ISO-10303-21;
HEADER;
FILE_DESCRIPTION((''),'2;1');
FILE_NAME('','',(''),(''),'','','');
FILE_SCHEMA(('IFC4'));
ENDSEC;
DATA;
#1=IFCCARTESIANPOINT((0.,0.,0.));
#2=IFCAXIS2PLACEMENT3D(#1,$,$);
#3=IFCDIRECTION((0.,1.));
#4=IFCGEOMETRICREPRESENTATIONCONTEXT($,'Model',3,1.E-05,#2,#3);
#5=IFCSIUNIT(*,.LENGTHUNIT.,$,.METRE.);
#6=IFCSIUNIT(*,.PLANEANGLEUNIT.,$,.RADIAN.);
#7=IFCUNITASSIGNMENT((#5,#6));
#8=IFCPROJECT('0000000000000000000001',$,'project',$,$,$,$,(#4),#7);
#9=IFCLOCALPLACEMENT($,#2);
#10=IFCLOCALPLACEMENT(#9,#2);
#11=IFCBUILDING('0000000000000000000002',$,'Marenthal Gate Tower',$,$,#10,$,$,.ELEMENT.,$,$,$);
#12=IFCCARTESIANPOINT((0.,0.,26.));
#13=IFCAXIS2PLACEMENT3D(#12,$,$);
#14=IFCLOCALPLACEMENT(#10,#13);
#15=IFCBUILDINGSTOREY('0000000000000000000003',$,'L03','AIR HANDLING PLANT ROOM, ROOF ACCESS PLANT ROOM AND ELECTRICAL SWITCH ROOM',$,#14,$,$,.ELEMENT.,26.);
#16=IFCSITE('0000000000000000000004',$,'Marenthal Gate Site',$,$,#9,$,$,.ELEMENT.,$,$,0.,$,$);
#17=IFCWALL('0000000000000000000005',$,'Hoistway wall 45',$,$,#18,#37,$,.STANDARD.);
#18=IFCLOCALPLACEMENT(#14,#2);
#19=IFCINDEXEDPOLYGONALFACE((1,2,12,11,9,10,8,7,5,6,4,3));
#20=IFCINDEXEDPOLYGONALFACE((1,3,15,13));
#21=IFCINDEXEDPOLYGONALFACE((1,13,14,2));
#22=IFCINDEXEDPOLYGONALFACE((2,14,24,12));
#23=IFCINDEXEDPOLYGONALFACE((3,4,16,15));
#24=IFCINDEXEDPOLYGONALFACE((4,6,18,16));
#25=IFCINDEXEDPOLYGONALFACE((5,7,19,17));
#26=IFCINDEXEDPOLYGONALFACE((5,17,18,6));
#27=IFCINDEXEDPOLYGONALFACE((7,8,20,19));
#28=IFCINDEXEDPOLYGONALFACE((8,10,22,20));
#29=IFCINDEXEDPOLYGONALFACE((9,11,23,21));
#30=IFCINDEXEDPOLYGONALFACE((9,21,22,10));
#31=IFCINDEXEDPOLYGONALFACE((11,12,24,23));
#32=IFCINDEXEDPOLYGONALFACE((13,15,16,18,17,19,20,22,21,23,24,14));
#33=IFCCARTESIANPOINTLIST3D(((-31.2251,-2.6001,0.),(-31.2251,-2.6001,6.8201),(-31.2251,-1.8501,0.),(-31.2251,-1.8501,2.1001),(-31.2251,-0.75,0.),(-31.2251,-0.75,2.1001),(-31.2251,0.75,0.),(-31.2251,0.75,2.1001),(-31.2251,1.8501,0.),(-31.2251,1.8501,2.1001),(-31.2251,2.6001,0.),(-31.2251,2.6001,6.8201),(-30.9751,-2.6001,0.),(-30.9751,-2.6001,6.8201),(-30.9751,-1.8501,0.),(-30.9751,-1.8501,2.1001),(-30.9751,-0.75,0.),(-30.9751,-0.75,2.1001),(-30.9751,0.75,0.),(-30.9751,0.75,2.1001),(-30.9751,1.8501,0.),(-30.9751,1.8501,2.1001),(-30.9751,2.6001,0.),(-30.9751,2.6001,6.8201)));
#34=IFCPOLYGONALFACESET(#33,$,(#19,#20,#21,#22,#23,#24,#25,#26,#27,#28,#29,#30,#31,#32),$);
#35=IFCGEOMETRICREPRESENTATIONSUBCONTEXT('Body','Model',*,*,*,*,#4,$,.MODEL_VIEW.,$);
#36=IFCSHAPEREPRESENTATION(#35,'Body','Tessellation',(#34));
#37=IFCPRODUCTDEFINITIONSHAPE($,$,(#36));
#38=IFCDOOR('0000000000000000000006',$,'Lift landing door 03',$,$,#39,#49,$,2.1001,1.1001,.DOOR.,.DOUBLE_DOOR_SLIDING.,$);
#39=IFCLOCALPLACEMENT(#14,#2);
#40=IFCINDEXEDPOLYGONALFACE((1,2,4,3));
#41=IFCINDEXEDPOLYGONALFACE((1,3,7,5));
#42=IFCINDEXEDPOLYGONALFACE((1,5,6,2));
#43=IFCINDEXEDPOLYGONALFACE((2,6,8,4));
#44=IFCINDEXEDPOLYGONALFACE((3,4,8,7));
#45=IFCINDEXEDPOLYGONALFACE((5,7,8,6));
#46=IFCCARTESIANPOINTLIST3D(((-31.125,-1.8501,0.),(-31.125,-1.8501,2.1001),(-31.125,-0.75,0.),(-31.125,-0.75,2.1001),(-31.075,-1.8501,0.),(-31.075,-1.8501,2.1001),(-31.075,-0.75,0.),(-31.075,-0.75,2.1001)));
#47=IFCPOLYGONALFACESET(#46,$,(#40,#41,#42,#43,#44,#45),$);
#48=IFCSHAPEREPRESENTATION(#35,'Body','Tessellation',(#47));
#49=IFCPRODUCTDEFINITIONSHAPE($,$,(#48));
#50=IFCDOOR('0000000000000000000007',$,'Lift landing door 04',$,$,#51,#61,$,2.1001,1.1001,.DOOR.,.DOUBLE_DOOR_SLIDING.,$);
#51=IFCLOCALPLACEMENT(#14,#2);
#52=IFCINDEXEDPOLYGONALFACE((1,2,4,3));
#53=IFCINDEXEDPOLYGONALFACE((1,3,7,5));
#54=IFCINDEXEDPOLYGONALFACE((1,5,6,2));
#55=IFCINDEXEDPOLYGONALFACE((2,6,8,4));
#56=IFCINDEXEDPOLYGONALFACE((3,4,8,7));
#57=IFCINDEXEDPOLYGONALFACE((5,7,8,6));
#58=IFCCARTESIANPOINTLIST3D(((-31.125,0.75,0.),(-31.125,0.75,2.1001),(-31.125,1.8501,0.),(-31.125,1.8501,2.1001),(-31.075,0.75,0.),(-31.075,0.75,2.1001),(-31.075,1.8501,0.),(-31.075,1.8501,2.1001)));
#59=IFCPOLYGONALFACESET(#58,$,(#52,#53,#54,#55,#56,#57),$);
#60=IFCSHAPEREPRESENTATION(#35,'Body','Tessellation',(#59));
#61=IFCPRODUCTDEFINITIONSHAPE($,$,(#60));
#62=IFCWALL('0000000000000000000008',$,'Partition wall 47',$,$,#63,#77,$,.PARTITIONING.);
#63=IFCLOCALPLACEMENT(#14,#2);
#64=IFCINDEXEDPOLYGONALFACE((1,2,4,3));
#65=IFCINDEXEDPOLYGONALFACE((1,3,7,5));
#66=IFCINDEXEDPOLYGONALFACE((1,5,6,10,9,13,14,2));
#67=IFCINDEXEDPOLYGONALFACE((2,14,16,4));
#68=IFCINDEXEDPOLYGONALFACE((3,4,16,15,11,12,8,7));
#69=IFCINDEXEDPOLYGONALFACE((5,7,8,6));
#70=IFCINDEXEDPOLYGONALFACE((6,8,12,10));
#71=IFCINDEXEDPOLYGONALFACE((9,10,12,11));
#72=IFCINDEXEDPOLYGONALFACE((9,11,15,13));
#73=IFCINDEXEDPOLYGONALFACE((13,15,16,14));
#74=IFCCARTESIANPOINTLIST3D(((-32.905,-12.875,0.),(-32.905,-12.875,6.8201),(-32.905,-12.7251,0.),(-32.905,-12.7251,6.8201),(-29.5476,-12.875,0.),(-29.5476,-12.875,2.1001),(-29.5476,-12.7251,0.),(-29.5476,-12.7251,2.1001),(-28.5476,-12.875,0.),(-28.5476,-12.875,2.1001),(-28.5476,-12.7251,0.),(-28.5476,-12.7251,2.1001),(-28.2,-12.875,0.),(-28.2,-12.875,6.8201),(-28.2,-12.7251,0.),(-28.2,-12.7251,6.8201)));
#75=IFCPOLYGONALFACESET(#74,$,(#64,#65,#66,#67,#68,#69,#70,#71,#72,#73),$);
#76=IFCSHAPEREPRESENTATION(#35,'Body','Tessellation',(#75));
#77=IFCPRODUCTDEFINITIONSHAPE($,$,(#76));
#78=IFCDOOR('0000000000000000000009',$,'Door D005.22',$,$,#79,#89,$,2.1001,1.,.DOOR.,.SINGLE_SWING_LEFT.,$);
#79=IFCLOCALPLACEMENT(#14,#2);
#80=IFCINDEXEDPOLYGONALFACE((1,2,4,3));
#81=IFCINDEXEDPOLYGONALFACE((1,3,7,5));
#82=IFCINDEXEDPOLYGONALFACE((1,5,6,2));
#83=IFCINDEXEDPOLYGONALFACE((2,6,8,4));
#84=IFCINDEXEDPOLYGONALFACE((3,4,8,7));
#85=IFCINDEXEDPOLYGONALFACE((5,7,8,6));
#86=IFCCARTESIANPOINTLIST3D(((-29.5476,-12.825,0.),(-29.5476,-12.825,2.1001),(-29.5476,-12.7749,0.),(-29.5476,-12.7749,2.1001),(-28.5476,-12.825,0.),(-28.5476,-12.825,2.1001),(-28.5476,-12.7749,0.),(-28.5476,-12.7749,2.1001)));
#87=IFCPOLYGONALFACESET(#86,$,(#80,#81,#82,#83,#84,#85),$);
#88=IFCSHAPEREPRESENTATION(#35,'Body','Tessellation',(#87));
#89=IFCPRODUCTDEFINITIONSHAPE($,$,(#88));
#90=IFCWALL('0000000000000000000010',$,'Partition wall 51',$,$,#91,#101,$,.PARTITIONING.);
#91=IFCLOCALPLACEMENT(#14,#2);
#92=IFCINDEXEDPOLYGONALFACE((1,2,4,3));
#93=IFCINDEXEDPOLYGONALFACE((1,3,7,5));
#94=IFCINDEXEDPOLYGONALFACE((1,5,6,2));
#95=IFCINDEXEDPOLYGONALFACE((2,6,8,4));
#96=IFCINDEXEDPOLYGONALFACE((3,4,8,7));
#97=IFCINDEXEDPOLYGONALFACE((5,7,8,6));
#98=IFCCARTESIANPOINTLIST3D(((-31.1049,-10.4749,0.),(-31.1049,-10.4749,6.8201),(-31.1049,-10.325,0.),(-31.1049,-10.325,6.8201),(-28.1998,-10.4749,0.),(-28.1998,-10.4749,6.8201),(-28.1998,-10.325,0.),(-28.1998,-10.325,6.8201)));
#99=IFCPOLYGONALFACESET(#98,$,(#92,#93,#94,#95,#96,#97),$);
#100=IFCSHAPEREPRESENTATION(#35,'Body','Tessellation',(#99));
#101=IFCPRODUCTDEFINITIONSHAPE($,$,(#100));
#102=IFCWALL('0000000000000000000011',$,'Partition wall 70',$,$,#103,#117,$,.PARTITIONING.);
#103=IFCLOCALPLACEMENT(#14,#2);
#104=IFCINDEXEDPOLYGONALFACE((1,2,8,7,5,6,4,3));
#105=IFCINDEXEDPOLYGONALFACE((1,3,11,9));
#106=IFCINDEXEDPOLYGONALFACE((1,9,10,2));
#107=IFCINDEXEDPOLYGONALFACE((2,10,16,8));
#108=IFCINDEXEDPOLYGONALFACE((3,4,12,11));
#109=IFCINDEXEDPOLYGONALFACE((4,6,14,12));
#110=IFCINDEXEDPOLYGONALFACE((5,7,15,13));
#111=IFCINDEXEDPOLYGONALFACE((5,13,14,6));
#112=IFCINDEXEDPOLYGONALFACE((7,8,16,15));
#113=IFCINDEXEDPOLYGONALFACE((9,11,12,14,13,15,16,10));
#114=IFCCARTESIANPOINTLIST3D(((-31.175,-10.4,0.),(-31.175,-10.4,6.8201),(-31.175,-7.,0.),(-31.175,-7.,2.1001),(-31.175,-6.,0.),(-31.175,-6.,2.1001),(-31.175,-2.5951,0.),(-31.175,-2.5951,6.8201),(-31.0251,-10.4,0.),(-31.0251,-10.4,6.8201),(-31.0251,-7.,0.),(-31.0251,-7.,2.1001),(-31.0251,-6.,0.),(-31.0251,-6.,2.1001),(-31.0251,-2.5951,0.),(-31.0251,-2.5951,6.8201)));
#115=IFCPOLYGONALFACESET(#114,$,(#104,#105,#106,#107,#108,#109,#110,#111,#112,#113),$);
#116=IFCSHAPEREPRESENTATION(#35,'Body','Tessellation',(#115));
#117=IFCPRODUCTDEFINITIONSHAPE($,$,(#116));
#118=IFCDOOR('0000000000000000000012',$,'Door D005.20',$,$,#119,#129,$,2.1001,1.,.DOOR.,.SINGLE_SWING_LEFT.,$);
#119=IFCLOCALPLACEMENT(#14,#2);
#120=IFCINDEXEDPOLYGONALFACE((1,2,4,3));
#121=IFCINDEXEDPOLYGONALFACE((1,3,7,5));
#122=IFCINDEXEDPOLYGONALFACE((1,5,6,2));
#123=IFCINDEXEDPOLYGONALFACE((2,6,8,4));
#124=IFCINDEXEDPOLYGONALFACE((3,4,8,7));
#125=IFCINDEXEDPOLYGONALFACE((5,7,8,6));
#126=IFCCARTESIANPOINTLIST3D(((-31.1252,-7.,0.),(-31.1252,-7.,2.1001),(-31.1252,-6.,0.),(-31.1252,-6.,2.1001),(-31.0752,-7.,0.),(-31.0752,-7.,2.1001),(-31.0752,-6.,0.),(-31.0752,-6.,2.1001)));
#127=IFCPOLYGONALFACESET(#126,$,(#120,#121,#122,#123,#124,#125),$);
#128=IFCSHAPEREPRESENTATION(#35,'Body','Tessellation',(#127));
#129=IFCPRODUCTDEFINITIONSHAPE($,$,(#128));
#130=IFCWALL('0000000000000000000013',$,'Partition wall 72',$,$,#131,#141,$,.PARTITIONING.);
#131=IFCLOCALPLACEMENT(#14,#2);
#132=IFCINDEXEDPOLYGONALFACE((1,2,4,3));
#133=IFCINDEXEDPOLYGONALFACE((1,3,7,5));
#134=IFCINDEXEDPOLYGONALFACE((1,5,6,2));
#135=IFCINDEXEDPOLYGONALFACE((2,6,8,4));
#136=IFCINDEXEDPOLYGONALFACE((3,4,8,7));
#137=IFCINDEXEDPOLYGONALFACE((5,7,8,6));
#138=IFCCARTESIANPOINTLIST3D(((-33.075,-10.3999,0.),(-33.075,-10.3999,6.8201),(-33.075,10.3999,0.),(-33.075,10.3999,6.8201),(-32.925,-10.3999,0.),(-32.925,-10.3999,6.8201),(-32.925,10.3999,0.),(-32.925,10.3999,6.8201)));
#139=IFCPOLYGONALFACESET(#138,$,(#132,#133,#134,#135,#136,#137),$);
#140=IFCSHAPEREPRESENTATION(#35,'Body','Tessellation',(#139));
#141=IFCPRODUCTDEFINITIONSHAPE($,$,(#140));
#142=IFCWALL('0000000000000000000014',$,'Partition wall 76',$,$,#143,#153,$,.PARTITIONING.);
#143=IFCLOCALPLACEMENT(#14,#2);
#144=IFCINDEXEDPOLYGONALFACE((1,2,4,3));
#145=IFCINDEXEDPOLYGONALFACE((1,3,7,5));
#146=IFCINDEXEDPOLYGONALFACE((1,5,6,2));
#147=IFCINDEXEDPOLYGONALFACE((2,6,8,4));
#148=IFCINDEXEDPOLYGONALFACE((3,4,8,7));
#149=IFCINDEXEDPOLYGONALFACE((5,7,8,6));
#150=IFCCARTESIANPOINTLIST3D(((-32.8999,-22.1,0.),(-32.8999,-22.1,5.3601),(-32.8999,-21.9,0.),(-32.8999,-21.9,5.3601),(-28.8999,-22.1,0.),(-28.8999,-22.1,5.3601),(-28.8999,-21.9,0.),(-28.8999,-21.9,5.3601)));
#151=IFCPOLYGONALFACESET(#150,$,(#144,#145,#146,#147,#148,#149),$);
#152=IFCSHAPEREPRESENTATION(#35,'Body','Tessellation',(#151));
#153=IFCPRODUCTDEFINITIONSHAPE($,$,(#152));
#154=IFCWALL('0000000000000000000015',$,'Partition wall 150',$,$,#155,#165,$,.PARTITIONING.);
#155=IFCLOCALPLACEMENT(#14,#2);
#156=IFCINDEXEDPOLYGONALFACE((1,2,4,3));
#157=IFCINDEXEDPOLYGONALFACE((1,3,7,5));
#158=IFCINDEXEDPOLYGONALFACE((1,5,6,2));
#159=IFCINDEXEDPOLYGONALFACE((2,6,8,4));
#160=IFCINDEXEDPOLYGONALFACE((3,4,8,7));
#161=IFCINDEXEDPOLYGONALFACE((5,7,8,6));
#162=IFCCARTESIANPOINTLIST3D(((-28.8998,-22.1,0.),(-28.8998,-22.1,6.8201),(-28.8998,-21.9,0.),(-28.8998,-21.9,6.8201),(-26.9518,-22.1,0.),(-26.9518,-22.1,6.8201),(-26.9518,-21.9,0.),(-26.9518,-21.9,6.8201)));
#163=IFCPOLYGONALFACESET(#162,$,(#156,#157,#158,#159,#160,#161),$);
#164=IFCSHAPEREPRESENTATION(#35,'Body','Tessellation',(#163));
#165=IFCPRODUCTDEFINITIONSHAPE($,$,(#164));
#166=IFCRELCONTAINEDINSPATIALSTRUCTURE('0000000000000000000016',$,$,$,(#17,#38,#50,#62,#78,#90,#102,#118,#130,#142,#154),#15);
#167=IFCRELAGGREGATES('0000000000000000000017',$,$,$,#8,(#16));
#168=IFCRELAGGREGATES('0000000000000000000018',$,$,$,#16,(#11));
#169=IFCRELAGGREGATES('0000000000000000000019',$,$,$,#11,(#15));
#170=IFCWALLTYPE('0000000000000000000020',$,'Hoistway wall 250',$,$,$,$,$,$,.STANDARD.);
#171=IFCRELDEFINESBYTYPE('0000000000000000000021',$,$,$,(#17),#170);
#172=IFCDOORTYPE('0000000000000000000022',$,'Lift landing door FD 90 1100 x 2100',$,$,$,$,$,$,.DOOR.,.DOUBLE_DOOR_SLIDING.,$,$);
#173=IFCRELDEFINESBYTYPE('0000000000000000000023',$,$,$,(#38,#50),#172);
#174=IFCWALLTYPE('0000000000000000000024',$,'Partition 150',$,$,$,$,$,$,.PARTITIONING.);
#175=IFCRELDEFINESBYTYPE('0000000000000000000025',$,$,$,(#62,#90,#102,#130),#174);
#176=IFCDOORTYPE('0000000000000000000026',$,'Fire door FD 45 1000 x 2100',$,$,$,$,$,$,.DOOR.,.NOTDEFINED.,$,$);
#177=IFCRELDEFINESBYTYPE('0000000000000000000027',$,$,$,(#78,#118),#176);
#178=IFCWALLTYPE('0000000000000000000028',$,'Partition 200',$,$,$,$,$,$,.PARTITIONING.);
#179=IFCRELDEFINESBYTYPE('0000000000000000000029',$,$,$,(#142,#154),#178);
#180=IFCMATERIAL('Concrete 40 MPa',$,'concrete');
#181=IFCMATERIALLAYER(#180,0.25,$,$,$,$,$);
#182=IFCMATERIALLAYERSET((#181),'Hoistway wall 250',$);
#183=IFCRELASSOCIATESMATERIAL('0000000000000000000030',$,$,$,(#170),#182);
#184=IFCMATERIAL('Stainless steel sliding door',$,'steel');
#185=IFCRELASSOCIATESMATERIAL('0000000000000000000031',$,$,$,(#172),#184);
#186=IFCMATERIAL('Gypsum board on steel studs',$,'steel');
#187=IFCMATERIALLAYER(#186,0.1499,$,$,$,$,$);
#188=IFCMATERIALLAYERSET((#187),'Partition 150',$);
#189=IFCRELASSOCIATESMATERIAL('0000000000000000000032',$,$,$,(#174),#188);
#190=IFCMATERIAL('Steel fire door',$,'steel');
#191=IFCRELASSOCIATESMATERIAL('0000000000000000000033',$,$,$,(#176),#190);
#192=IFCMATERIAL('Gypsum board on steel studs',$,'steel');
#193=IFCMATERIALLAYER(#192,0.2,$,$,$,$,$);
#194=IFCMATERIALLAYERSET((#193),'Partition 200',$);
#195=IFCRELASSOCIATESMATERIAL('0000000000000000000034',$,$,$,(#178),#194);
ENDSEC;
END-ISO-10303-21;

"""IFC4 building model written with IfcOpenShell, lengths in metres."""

from ifc_helpers import new_model, si_unit, direction, frame, frame_2d, origin, place, context, subcontext, project, spatial, rectangle, extrude, material, layer, layer_set, type_object, element, fill, save


model = new_model("IFC4")

# Units and contexts
model_context = context("Model", 3, precision=1e-05, world=origin(), true_north=direction((0.0, 1.0)))
body_context = subcontext(model_context, "Body", "Model", "MODEL_VIEW")
ifc_project = project(units=[si_unit("LENGTHUNIT", "METRE"), si_unit("PLANEANGLEUNIT", "RADIAN")], contexts=[model_context])

# Site, building, storey
site_placement = place(None, origin())
site = spatial("IfcSite", under=ifc_project, at=site_placement, Name="Marenthal Gate Site", CompositionType="ELEMENT", RefElevation=0.0)
building_placement = place(site_placement, origin())
building = spatial("IfcBuilding", under=site, at=building_placement, Name="Marenthal Gate Tower", CompositionType="ELEMENT")
storey_placement = place(building_placement, frame((0.0, 0.0, 26.0)))
storey = spatial("IfcBuildingStorey", under=building, at=storey_placement, Name="L03", Description="AIR HANDLING PLANT ROOM, ROOF ACCESS PLANT ROOM AND ELECTRICAL SWITCH ROOM", CompositionType="ELEMENT", Elevation=26.0)

# Shared definitions
ifc_material_1 = material(Name="Concrete 40 MPa", Category="concrete")
ifc_layer_1 = layer(ifc_material_1, 0.25)
ifc_layer_set_1 = layer_set([ifc_layer_1], Name="Hoistway wall 250")
wall_type_1 = type_object("IfcWallType", Name="Hoistway wall 250", PredefinedType="STANDARD", material=ifc_layer_set_1)

# Wall, openings, doors
wall_1_placement = place(storey_placement, frame((-31.1001, -2.6001, 0.0), z_axis=(0.0, 0.0, 1.0), x_axis=(0.0, 1.0, 0.0)))
wall_1 = element("IfcWall", 1, at=wall_1_placement, inside=storey, type_object=wall_type_1, Name="Hoistway wall 45", PredefinedType="STANDARD", context=body_context, shape_type="SweptSolid", body=[
    extrude(rectangle(XDim=5.2002, YDim=0.25, at=frame_2d((2.6001, 0.0))), origin(), (0.0, 0.0, 1.0), 6.8201),
])
opening_1_placement = place(wall_1_placement, frame((0.75, 0.0, 0.0)))
opening_1 = element("IfcOpeningElement", 2, at=opening_1_placement, cuts=wall_1, PredefinedType="OPENING", context=body_context, shape_type="SweptSolid", body=[
    extrude(rectangle(XDim=1.1001, YDim=2.1001, at=frame_2d((0.55, 1.05))), frame((0.0, 0.135, 0.0), z_axis=(0.0, -1.0, 0.0), x_axis=(1.0, 0.0, 0.0)), (0.0, 0.0, 1.0), 0.27),
])
opening_2_placement = place(wall_1_placement, frame((3.3501, 0.0, 0.0)))
opening_2 = element("IfcOpeningElement", 3, at=opening_2_placement, cuts=wall_1, PredefinedType="OPENING", context=body_context, shape_type="SweptSolid", body=[
    extrude(rectangle(XDim=1.1001, YDim=2.1001, at=frame_2d((0.55, 1.05))), frame((0.0, 0.135, 0.0), z_axis=(0.0, -1.0, 0.0), x_axis=(1.0, 0.0, 0.0)), (0.0, 0.0, 1.0), 0.27),
])
ifc_material_2 = material(Name="Stainless steel sliding door", Category="steel")
door_type_1 = type_object("IfcDoorType", Name="Lift landing door FD 90 1100 x 2100", OperationType="DOUBLE_DOOR_SLIDING", PredefinedType="DOOR", material=ifc_material_2)
door_1_placement = place(opening_1_placement, origin())
door_1 = element("IfcDoor", 4, at=door_1_placement, inside=storey, type_object=door_type_1, Name="Lift landing door 03", OperationType="DOUBLE_DOOR_SLIDING", OverallHeight=2.1001, OverallWidth=1.1001, PredefinedType="DOOR", context=body_context, shape_type="SweptSolid", body=[
    extrude(rectangle(XDim=1.1001, YDim=2.1001, at=frame_2d((0.55, 1.05))), frame((0.0, 0.0249, 0.0), z_axis=(0.0, -1.0, 0.0), x_axis=(1.0, 0.0, 0.0)), (0.0, 0.0, 1.0), 0.05),
])
fill(opening_1, door_1)
door_2_placement = place(opening_2_placement, origin())
door_2 = element("IfcDoor", 5, at=door_2_placement, inside=storey, type_object=door_type_1, Name="Lift landing door 04", OperationType="DOUBLE_DOOR_SLIDING", OverallHeight=2.1001, OverallWidth=1.1001, PredefinedType="DOOR", context=body_context, shape_type="SweptSolid", body=[
    extrude(rectangle(XDim=1.1001, YDim=2.1001, at=frame_2d((0.55, 1.05))), frame((0.0, 0.0249, 0.0), z_axis=(0.0, -1.0, 0.0), x_axis=(1.0, 0.0, 0.0)), (0.0, 0.0, 1.0), 0.05),
])
fill(opening_2, door_2)

# Wall, opening, door
ifc_material_3 = material(Name="Gypsum board on steel studs", Category="steel")
ifc_layer_2 = layer(ifc_material_3, 0.1499)
ifc_layer_set_2 = layer_set([ifc_layer_2], Name="Partition 150")
wall_type_2 = type_object("IfcWallType", Name="Partition 150", PredefinedType="PARTITIONING", material=ifc_layer_set_2)
wall_2_placement = place(storey_placement, frame((-32.905, -12.8, 0.0), z_axis=(0.0, 0.0, 1.0), x_axis=(1.0, 0.0, 0.0)))
wall_2 = element("IfcWall", 6, at=wall_2_placement, inside=storey, type_object=wall_type_2, Name="Partition wall 47", PredefinedType="PARTITIONING", context=body_context, shape_type="SweptSolid", body=[
    extrude(rectangle(XDim=4.7051, YDim=0.1499, at=frame_2d((2.3525, 0.0))), origin(), (0.0, 0.0, 1.0), 6.8201),
])
opening_3_placement = place(wall_2_placement, frame((3.3574, 0.0, 0.0)))
opening_3 = element("IfcOpeningElement", 7, at=opening_3_placement, cuts=wall_2, PredefinedType="OPENING", context=body_context, shape_type="SweptSolid", body=[
    extrude(rectangle(XDim=1.0, YDim=2.1001, at=frame_2d((0.5, 1.05))), frame((0.0, 0.085, 0.0), z_axis=(0.0, -1.0, 0.0), x_axis=(1.0, 0.0, 0.0)), (0.0, 0.0, 1.0), 0.1699),
])
ifc_material_4 = material(Name="Steel fire door", Category="steel")
door_type_2 = type_object("IfcDoorType", Name="Fire door FD 45 1000 x 2100", OperationType="NOTDEFINED", PredefinedType="DOOR", material=ifc_material_4)
door_3_placement = place(opening_3_placement, frame((1.0, 0.0, 0.0), z_axis=(0.0, 0.0, 1.0), x_axis=(-1.0, 0.0, 0.0)))
door_3 = element("IfcDoor", 8, at=door_3_placement, inside=storey, type_object=door_type_2, Name="Door D005.22", OperationType="SINGLE_SWING_LEFT", OverallHeight=2.1001, OverallWidth=1.0, PredefinedType="DOOR", context=body_context, shape_type="SweptSolid", body=[
    extrude(rectangle(XDim=1.0, YDim=2.1001, at=frame_2d((0.5, 1.05))), frame((0.0, 0.0249, 0.0), z_axis=(0.0, -1.0, 0.0), x_axis=(1.0, 0.0, 0.0)), (0.0, 0.0, 1.0), 0.05),
])
fill(opening_3, door_3)

# Wall
wall_3_placement = place(storey_placement, frame((-31.105, -10.3999, 0.0), z_axis=(0.0, 0.0, 1.0), x_axis=(1.0, 0.0, 0.0)))
element("IfcWall", 9, at=wall_3_placement, inside=storey, type_object=wall_type_2, Name="Partition wall 51", PredefinedType="PARTITIONING", context=body_context, shape_type="SweptSolid", body=[
    extrude(rectangle(XDim=2.905, YDim=0.1499, at=frame_2d((1.4526, 0.0))), origin(), (0.0, 0.0, 1.0), 6.8201),
])

# Wall, opening, door
wall_4_placement = place(storey_placement, frame((-31.1001, -10.3999, 0.0), z_axis=(0.0, 0.0, 1.0), x_axis=(0.0, 1.0, 0.0)))
wall_4 = element("IfcWall", 10, at=wall_4_placement, inside=storey, type_object=wall_type_2, Name="Partition wall 70", PredefinedType="PARTITIONING", context=body_context, shape_type="SweptSolid", body=[
    extrude(rectangle(XDim=7.8049, YDim=0.1499, at=frame_2d((3.9023, 0.0))), origin(), (0.0, 0.0, 1.0), 6.8201),
])
opening_4_placement = place(wall_4_placement, frame((3.3999, 0.0, 0.0)))
opening_4 = element("IfcOpeningElement", 11, at=opening_4_placement, cuts=wall_4, PredefinedType="OPENING", context=body_context, shape_type="SweptSolid", body=[
    extrude(rectangle(XDim=1.0, YDim=2.1001, at=frame_2d((0.5, 1.05))), frame((0.0, 0.085, 0.0), z_axis=(0.0, -1.0, 0.0), x_axis=(1.0, 0.0, 0.0)), (0.0, 0.0, 1.0), 0.1699),
])
door_4_placement = place(opening_4_placement, frame((1.0, 0.0, 0.0), z_axis=(0.0, 0.0, 1.0), x_axis=(-1.0, 0.0, 0.0)))
door_4 = element("IfcDoor", 12, at=door_4_placement, inside=storey, type_object=door_type_2, Name="Door D005.20", OperationType="SINGLE_SWING_LEFT", OverallHeight=2.1001, OverallWidth=1.0, PredefinedType="DOOR", context=body_context, shape_type="SweptSolid", body=[
    extrude(rectangle(XDim=1.0, YDim=2.1001, at=frame_2d((0.5, 1.05))), frame((0.0, 0.0249, 0.0), z_axis=(0.0, -1.0, 0.0), x_axis=(1.0, 0.0, 0.0)), (0.0, 0.0, 1.0), 0.05),
])
fill(opening_4, door_4)

# Walls
wall_5_placement = place(storey_placement, frame((-33.0, -10.3999, 0.0), z_axis=(0.0, 0.0, 1.0), x_axis=(0.0, 1.0, 0.0)))
element("IfcWall", 13, at=wall_5_placement, inside=storey, type_object=wall_type_2, Name="Partition wall 72", PredefinedType="PARTITIONING", context=body_context, shape_type="SweptSolid", body=[
    extrude(rectangle(XDim=20.7998, YDim=0.1499, at=frame_2d((10.3999, 0.0))), origin(), (0.0, 0.0, 1.0), 6.8201),
])
ifc_material_5 = material(Name="Gypsum board on steel studs", Category="steel")
ifc_layer_3 = layer(ifc_material_5, 0.2)
ifc_layer_set_3 = layer_set([ifc_layer_3], Name="Partition 200")
wall_type_3 = type_object("IfcWallType", Name="Partition 200", PredefinedType="PARTITIONING", material=ifc_layer_set_3)
wall_6_placement = place(storey_placement, frame((-32.8999, -22.0, 0.0), z_axis=(0.0, 0.0, 1.0), x_axis=(1.0, 0.0, 0.0)))
element("IfcWall", 14, at=wall_6_placement, inside=storey, type_object=wall_type_3, Name="Partition wall 76", PredefinedType="PARTITIONING", context=body_context, shape_type="SweptSolid", body=[
    extrude(rectangle(XDim=4.0, YDim=0.2, at=frame_2d((2.0, 0.0))), origin(), (0.0, 0.0, 1.0), 5.3601),
])
wall_7_placement = place(storey_placement, frame((-28.8999, -22.0, 0.0), z_axis=(0.0, 0.0, 1.0), x_axis=(1.0, 0.0, 0.0)))
element("IfcWall", 15, at=wall_7_placement, inside=storey, type_object=wall_type_3, Name="Partition wall 150", PredefinedType="PARTITIONING", context=body_context, shape_type="SweptSolid", body=[
    extrude(rectangle(XDim=1.948, YDim=0.2, at=frame_2d((0.9741, 0.0))), origin(), (0.0, 0.0, 1.0), 6.8201),
])

save(model, "model.ifc")
